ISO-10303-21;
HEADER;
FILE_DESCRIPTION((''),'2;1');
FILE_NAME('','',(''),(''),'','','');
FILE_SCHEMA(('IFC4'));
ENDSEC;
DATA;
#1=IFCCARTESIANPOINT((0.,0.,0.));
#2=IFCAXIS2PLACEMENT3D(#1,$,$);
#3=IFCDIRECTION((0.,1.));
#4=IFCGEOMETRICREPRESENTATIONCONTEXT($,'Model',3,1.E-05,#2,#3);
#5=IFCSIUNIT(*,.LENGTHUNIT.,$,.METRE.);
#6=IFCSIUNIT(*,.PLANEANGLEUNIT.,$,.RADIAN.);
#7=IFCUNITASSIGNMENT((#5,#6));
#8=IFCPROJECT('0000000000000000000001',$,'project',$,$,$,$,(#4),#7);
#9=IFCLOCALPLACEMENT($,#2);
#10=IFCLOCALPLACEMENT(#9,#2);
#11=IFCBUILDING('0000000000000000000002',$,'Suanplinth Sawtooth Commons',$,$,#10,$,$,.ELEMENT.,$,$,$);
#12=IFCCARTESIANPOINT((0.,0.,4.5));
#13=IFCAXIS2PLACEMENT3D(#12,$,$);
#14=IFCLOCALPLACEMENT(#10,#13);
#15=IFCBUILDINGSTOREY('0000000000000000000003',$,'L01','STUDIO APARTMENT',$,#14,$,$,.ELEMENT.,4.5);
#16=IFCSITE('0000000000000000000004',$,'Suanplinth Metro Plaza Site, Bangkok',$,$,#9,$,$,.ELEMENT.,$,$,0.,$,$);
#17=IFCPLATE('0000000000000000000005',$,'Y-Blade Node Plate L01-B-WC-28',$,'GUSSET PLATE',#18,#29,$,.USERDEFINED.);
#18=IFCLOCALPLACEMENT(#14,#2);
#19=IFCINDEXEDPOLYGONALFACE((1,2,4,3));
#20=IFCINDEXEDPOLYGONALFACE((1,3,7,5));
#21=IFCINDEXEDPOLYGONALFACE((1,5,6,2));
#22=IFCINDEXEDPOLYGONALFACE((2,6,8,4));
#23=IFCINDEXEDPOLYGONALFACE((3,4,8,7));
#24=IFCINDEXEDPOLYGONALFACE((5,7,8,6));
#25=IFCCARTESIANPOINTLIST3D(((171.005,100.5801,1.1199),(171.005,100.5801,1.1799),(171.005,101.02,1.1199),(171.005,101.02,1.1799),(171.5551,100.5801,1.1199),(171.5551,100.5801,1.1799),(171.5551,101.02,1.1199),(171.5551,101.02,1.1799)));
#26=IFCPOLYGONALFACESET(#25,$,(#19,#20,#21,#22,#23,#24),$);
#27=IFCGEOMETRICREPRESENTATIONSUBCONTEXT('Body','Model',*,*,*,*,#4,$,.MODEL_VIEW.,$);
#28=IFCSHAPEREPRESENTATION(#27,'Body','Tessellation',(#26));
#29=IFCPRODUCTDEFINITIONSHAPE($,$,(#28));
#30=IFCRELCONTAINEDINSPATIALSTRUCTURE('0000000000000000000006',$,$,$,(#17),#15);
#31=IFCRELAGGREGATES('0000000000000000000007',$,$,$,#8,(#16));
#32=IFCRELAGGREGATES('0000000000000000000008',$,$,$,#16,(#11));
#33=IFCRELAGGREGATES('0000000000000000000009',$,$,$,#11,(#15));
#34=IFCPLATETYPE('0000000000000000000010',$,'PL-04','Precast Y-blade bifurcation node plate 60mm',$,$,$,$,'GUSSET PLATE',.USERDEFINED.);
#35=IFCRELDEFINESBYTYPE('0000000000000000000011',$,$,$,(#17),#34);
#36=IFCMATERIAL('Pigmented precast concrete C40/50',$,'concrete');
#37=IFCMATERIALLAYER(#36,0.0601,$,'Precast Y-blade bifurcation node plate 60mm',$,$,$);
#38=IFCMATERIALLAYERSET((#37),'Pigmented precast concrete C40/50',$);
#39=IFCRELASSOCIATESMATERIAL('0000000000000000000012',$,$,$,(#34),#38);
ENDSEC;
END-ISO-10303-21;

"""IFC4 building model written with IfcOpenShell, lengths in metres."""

from ifc_helpers import new_model, si_unit, direction, frame, origin, origin_2d, place, context, subcontext, project, spatial, rectangle, extrude, material, layer, layer_set, type_object, element, save


model = new_model("IFC4")

# Units and contexts
model_context = context("Model", 3, precision=1e-05, world=origin(), true_north=direction((0.0, 1.0)))
body_context = subcontext(model_context, "Body", "Model", "MODEL_VIEW")
ifc_project = project(units=[si_unit("LENGTHUNIT", "METRE"), si_unit("PLANEANGLEUNIT", "RADIAN")], contexts=[model_context])

# Site, building, storey
site_placement = place(None, origin())
site = spatial("IfcSite", under=ifc_project, at=site_placement, Name="Suanplinth Metro Plaza Site, Bangkok", CompositionType="ELEMENT", RefElevation=0.0)
building_placement = place(site_placement, origin())
building = spatial("IfcBuilding", under=site, at=building_placement, Name="Suanplinth Sawtooth Commons", CompositionType="ELEMENT")
storey_placement = place(building_placement, frame((0.0, 0.0, 4.5)))
storey = spatial("IfcBuildingStorey", under=building, at=storey_placement, Name="L01", Description="STUDIO APARTMENT", CompositionType="ELEMENT", Elevation=4.5)

# Shared definitions
ifc_material_1 = material(Name="Pigmented precast concrete C40/50", Category="concrete")

# Plate
ifc_layer = layer(ifc_material_1, 0.0601, Name="Precast Y-blade bifurcation node plate 60mm")
ifc_layer_set = layer_set([ifc_layer], Name="Pigmented precast concrete C40/50")
plate_type = type_object("IfcPlateType", Name="PL-04", Description="Precast Y-blade bifurcation node plate 60mm", ElementType="GUSSET PLATE", PredefinedType="USERDEFINED", material=ifc_layer_set)
for number, where, z_axis, x_axis, name in (
    (1, (171.28, 100.8, 1.1199), (0.0, 0.0, 1.0), (0.0, 1.0, 0.0), "Y-Blade Node Plate L01-B-WC-28"),
):
    element("IfcPlate", number, at=place(storey_placement, frame(where, z_axis=z_axis, x_axis=x_axis)), inside=storey, type_object=plate_type, Name=name, ObjectType="GUSSET PLATE", PredefinedType="USERDEFINED", context=body_context, shape_type="SweptSolid", body=[
        extrude(rectangle(XDim=0.4399, YDim=0.55, at=origin_2d()), origin(), (0.0, 0.0, 1.0), 0.0601),
    ])

save(model, "model.ifc")
